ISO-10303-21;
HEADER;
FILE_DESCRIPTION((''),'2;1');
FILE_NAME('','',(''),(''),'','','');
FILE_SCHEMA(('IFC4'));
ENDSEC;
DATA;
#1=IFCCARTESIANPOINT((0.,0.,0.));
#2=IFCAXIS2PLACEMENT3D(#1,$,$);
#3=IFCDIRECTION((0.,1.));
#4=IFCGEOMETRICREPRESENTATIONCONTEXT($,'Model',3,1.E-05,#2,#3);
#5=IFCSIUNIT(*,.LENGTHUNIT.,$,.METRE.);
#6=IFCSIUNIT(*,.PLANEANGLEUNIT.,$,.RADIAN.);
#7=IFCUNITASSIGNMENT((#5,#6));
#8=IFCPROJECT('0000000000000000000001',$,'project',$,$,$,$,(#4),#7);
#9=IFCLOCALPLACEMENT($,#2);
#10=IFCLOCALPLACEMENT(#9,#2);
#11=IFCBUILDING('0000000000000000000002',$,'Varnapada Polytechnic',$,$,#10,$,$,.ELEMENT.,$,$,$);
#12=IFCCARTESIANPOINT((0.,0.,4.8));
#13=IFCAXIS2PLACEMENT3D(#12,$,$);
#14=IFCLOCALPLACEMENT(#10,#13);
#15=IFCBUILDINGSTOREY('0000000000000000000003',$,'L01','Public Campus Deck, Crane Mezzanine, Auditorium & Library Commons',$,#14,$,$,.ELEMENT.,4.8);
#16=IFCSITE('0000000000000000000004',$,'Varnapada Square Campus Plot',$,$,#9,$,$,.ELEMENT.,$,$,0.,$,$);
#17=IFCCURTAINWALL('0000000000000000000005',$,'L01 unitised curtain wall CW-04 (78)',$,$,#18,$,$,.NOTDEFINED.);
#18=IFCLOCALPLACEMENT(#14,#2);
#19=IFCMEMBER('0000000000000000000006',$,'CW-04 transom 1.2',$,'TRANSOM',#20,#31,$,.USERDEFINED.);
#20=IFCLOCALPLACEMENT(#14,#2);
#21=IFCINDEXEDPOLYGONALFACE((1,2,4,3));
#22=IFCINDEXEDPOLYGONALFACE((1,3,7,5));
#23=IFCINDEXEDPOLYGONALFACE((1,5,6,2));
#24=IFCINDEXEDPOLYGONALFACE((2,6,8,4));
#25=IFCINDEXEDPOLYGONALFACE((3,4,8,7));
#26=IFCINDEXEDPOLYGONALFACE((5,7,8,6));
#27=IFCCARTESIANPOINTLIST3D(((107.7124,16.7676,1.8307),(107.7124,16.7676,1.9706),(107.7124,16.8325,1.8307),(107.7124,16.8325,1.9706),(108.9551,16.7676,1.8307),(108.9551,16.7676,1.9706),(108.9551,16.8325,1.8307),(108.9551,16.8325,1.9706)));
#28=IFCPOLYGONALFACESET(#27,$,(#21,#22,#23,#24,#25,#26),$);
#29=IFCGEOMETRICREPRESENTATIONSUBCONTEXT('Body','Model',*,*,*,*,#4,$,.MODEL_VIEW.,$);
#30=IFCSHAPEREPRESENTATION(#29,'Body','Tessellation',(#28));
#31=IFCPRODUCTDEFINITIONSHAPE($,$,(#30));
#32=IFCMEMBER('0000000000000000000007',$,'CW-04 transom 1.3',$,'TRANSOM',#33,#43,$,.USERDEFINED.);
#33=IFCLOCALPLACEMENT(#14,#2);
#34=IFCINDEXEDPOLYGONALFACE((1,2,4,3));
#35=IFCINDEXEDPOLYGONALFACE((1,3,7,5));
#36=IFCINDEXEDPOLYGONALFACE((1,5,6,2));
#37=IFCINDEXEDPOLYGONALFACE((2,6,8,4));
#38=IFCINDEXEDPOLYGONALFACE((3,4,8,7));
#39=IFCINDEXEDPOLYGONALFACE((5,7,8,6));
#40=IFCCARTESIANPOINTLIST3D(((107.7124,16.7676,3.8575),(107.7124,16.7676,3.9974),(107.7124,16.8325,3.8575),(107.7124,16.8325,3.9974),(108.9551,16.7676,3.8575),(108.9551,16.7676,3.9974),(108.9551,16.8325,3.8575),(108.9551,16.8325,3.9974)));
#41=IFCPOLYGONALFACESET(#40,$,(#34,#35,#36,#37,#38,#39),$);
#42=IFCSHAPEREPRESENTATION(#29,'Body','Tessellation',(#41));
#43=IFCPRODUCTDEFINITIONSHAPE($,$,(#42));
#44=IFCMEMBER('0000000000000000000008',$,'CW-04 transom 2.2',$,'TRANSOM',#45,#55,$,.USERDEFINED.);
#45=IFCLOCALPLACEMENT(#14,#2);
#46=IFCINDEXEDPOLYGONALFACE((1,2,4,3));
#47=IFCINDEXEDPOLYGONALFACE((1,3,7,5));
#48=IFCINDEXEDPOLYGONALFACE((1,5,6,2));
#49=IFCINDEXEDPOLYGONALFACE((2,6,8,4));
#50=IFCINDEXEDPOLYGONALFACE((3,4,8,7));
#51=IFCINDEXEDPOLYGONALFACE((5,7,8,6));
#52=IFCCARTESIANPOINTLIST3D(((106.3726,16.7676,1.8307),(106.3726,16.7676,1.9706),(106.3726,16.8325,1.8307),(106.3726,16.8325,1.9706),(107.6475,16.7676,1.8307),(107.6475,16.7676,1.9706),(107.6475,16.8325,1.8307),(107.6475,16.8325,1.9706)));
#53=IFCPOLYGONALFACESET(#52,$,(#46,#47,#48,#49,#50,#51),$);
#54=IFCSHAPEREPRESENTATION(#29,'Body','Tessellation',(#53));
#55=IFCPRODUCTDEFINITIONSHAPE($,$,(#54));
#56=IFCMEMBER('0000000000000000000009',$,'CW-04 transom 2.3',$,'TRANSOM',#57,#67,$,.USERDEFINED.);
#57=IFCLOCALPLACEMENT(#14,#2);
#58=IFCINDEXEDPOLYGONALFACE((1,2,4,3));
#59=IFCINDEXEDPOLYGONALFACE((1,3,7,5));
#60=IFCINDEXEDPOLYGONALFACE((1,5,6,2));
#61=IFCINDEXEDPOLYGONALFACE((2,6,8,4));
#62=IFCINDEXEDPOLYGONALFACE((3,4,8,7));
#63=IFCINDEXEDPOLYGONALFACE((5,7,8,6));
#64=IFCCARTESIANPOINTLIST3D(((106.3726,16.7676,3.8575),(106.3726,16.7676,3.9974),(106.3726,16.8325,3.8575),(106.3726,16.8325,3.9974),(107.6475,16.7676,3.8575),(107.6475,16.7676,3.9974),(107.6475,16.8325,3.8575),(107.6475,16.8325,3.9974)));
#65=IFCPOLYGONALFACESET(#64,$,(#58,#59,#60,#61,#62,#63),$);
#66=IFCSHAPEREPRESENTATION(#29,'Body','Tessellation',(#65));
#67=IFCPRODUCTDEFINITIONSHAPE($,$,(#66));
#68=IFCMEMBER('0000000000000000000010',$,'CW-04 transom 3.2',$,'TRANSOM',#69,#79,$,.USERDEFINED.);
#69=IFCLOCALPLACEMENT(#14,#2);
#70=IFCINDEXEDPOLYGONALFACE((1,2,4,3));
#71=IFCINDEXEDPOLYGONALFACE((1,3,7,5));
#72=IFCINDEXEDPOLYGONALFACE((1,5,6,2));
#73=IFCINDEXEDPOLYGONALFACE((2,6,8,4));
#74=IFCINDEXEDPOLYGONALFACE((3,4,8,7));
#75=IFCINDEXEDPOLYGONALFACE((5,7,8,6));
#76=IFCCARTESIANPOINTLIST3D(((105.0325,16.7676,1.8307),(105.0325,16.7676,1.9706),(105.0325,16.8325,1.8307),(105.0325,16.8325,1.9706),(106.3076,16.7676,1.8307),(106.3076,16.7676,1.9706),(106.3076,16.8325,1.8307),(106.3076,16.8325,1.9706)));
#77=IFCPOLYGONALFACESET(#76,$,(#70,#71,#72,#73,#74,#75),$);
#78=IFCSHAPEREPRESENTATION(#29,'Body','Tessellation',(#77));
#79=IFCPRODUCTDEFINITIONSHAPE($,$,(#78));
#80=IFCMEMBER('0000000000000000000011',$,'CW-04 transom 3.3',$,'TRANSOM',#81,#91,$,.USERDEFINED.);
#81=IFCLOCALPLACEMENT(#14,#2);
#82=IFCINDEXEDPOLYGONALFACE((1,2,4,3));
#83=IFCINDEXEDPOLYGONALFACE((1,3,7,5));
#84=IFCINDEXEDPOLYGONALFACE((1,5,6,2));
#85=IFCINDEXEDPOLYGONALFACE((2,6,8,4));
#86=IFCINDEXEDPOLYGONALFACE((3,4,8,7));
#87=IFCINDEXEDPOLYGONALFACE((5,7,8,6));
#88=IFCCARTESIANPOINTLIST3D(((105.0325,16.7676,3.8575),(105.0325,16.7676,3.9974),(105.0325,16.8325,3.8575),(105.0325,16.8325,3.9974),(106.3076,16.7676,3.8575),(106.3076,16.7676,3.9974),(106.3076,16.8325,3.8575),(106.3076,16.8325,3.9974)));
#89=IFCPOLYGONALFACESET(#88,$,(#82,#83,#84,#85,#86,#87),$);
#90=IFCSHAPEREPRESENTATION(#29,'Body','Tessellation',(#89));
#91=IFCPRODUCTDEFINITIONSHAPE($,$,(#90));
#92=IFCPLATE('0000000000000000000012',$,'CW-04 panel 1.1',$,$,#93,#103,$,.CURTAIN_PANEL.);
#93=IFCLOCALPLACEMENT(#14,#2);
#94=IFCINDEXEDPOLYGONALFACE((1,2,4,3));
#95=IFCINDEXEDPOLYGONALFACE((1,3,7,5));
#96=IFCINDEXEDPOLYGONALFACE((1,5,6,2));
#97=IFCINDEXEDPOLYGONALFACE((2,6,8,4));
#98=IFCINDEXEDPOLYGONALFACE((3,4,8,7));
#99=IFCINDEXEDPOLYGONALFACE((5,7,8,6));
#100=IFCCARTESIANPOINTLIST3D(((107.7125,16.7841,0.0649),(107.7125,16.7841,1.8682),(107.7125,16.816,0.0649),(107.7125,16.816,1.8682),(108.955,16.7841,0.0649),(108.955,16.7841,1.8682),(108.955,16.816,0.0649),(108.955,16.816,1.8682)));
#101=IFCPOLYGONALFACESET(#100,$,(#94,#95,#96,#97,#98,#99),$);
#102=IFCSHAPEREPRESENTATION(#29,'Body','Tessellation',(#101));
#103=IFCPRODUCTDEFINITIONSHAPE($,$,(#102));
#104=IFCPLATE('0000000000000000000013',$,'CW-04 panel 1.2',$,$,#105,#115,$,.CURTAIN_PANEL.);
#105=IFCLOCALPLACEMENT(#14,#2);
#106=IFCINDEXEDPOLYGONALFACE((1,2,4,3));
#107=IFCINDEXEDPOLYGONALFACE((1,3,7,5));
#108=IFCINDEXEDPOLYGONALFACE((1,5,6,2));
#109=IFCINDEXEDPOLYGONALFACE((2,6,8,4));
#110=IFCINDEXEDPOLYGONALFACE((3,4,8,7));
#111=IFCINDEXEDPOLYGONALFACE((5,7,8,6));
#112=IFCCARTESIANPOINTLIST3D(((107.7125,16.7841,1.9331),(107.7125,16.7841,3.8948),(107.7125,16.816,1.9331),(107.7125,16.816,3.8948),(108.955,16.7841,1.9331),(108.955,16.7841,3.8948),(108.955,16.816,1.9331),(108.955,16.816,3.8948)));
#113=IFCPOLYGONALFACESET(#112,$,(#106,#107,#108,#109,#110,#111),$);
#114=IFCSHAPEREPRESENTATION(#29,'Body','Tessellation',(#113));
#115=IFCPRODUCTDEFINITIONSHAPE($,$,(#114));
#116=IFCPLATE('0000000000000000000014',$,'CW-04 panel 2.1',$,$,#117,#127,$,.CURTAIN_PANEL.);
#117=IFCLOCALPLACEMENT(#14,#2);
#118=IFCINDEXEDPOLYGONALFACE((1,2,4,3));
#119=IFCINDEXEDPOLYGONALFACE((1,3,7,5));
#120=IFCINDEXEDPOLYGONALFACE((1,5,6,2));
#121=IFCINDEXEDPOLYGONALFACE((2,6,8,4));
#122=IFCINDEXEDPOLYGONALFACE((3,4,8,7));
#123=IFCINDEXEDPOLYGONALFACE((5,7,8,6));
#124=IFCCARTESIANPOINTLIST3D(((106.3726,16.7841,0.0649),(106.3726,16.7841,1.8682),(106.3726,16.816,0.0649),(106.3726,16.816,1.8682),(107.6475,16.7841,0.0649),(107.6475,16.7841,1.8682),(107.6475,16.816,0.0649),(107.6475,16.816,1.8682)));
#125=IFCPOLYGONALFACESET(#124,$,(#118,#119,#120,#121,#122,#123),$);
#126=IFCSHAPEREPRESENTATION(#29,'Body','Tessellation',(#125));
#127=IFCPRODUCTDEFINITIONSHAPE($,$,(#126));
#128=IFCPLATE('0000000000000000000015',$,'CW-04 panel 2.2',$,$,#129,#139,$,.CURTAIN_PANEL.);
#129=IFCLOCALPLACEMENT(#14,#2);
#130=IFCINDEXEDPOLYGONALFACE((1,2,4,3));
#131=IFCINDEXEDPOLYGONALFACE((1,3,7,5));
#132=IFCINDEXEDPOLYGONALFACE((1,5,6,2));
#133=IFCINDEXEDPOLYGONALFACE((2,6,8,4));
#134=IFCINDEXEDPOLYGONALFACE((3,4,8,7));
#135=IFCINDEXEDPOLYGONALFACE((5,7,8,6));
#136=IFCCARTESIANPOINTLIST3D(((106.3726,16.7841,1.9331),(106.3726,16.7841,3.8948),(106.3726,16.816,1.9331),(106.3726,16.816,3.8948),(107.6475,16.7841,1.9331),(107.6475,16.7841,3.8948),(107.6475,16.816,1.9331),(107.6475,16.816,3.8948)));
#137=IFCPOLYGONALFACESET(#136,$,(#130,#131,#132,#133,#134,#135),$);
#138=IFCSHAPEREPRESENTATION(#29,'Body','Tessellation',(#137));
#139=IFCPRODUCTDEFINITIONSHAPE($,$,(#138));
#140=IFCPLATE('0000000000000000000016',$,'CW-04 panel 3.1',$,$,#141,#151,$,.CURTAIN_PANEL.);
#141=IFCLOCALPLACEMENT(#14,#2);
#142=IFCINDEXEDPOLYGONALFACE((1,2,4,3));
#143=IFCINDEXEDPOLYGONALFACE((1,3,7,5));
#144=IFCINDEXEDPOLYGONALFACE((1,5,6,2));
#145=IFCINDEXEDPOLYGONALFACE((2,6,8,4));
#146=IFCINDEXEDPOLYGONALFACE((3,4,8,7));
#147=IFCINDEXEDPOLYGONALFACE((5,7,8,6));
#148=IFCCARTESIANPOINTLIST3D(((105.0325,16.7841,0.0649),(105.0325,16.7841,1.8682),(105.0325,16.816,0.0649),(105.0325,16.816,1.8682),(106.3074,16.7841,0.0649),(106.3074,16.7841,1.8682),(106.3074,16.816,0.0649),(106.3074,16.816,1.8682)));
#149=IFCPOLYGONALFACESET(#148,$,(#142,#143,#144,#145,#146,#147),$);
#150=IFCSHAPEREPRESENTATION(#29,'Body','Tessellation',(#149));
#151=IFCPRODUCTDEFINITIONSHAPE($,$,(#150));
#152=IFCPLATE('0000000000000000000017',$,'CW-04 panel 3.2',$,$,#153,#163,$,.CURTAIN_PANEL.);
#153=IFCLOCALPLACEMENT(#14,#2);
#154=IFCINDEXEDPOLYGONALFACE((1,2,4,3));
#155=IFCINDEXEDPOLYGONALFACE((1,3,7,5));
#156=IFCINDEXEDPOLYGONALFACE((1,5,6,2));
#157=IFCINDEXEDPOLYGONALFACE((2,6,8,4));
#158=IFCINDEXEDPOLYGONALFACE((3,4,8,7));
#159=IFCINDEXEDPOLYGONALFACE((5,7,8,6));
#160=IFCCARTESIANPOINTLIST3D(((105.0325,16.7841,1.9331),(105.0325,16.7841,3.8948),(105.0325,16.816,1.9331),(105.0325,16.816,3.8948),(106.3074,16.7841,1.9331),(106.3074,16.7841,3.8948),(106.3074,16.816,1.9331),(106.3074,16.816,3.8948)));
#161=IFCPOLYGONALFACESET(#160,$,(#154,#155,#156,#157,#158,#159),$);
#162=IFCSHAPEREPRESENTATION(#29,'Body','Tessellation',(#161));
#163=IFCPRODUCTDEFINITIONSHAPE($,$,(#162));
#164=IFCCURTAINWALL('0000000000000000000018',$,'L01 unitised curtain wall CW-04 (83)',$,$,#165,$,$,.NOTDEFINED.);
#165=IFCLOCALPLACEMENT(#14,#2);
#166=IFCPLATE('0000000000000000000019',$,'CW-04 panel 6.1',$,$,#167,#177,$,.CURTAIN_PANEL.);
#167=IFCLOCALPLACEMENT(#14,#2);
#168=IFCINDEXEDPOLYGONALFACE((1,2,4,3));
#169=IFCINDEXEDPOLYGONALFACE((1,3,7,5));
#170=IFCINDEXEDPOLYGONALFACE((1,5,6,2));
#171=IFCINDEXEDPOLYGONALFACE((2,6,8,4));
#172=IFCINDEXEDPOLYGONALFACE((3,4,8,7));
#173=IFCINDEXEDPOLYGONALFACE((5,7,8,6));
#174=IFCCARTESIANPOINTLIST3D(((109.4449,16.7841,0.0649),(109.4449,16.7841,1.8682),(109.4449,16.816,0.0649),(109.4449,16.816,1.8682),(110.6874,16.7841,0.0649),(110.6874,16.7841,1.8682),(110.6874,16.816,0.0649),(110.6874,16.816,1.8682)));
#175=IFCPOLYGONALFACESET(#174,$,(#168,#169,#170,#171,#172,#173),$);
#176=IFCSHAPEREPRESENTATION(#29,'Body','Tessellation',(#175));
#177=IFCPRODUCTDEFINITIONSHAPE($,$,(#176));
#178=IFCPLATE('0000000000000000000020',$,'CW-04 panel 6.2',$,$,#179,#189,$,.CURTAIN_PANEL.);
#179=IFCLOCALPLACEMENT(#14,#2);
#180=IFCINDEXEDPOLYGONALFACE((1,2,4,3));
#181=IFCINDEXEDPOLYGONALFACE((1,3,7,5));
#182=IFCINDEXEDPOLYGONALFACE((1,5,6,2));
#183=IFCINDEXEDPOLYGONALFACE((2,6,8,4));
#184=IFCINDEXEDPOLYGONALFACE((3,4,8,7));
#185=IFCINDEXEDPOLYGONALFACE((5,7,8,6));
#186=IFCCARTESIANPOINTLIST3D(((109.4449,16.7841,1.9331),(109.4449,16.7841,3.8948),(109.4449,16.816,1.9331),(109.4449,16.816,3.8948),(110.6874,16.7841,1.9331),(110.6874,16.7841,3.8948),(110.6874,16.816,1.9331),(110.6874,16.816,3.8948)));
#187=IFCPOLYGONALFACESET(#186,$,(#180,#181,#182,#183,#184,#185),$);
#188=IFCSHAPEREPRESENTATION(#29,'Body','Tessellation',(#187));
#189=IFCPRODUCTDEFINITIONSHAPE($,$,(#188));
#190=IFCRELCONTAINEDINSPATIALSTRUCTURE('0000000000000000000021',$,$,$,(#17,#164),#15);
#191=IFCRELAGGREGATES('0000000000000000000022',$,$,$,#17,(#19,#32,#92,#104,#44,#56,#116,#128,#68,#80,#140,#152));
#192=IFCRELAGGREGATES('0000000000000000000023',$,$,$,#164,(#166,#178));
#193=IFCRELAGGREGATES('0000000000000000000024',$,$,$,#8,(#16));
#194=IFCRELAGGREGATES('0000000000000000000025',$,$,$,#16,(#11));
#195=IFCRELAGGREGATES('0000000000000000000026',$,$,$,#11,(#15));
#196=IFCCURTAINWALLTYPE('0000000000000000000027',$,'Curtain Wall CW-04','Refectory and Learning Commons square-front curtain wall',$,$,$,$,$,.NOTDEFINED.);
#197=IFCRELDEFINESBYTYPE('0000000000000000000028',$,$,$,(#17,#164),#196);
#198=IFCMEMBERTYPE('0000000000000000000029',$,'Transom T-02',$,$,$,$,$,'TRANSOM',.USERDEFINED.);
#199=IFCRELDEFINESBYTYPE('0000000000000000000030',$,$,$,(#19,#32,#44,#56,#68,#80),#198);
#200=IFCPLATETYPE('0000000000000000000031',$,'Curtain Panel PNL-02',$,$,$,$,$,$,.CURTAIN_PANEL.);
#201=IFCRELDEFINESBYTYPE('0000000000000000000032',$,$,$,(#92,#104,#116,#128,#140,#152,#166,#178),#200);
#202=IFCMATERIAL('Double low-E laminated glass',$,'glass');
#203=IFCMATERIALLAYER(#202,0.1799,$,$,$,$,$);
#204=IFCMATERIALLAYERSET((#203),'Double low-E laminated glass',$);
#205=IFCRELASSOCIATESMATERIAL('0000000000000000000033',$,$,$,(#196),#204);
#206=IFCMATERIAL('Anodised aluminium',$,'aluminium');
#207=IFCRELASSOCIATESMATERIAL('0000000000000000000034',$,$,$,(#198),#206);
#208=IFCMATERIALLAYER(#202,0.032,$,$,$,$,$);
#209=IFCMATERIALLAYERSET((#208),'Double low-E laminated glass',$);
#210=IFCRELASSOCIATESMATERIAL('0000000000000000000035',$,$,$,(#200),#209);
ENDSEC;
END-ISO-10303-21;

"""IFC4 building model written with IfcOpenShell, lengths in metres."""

from ifc_helpers import new_model, si_unit, direction, frame, origin, origin_2d, place, context, subcontext, project, spatial, rectangle, extrude, material, layer, layer_set, material_profile, profile_set, type_object, element, aggregate, save


model = new_model("IFC4")

# Units and contexts
model_context = context("Model", 3, precision=1e-05, world=origin(), true_north=direction((0.0, 1.0)))
body_context = subcontext(model_context, "Body", "Model", "MODEL_VIEW")
ifc_project = project(units=[si_unit("LENGTHUNIT", "METRE"), si_unit("PLANEANGLEUNIT", "RADIAN")], contexts=[model_context])

# Site, building, storey
site_placement = place(None, origin())
site = spatial("IfcSite", under=ifc_project, at=site_placement, Name="Varnapada Square Campus Plot", CompositionType="ELEMENT", RefElevation=0.0)
building_placement = place(site_placement, origin())
building = spatial("IfcBuilding", under=site, at=building_placement, Name="Varnapada Polytechnic", CompositionType="ELEMENT")
storey_placement = place(building_placement, frame((0.0, 0.0, 4.8)))
storey = spatial("IfcBuildingStorey", under=building, at=storey_placement, Name="L01", Description="Public Campus Deck, Crane Mezzanine, Auditorium & Library Commons", CompositionType="ELEMENT", Elevation=4.8)

# Curtain wall, members, plates
ifc_material_1 = material(Name="Double low-E laminated glass", Category="glass")
ifc_layer_1 = layer(ifc_material_1, 0.1799)
ifc_layer_set_1 = layer_set([ifc_layer_1], Name="Double low-E laminated glass")
curtain_wall_type = type_object("IfcCurtainWallType", Name="Curtain Wall CW-04", Description="Refectory and Learning Commons square-front curtain wall", PredefinedType="NOTDEFINED", material=ifc_layer_set_1)
curtain_wall_1_placement = place(storey_placement, origin())
curtain_wall_1 = element("IfcCurtainWall", 1, at=curtain_wall_1_placement, inside=storey, type_object=curtain_wall_type, Name="L01 unitised curtain wall CW-04 (78)", PredefinedType="NOTDEFINED")
ifc_material_2 = material(Name="Anodised aluminium", Category="aluminium")
ifc_material_profile = material_profile(ifc_material_2, rectangle(XDim=0.0649, YDim=0.1399, at=origin_2d()), Name="ALU T65x140")
ifc_profile_set = profile_set([ifc_material_profile], Name="Anodised aluminium")
member_type = type_object("IfcMemberType", Name="Transom T-02", ElementType="TRANSOM", PredefinedType="USERDEFINED", material=ifc_profile_set)
member_1_placement = place(storey_placement, frame((108.9551, 16.8, 1.9006), z_axis=(-1.0, 0.0, 0.0), x_axis=(0.0, -1.0, 0.0)))
member_1 = element("IfcMember", 2, at=member_1_placement, type_object=member_type, Name="CW-04 transom 1.2", ObjectType="TRANSOM", PredefinedType="USERDEFINED", context=body_context, shape_type="SweptSolid", body=[
    extrude(rectangle(XDim=0.0649, YDim=0.1399, at=origin_2d()), origin(), (0.0, 0.0, 1.0), 1.2427),
])
member_2_placement = place(storey_placement, frame((108.9551, 16.8, 3.9275), z_axis=(-1.0, 0.0, 0.0), x_axis=(0.0, -1.0, 0.0)))
member_2 = element("IfcMember", 3, at=member_2_placement, type_object=member_type, Name="CW-04 transom 1.3", ObjectType="TRANSOM", PredefinedType="USERDEFINED", context=body_context, shape_type="SweptSolid", body=[
    extrude(rectangle(XDim=0.0649, YDim=0.1399, at=origin_2d()), origin(), (0.0, 0.0, 1.0), 1.2427),
])
member_3_placement = place(storey_placement, frame((107.6475, 16.8, 1.9006), z_axis=(-1.0, 0.0, 0.0), x_axis=(0.0, -1.0, 0.0)))
member_3 = element("IfcMember", 4, at=member_3_placement, type_object=member_type, Name="CW-04 transom 2.2", ObjectType="TRANSOM", PredefinedType="USERDEFINED", context=body_context, shape_type="SweptSolid", body=[
    extrude(rectangle(XDim=0.0649, YDim=0.1399, at=origin_2d()), origin(), (0.0, 0.0, 1.0), 1.2749),
])
member_4_placement = place(storey_placement, frame((107.6475, 16.8, 3.9275), z_axis=(-1.0, 0.0, 0.0), x_axis=(0.0, -1.0, 0.0)))
member_4 = element("IfcMember", 5, at=member_4_placement, type_object=member_type, Name="CW-04 transom 2.3", ObjectType="TRANSOM", PredefinedType="USERDEFINED", context=body_context, shape_type="SweptSolid", body=[
    extrude(rectangle(XDim=0.0649, YDim=0.1399, at=origin_2d()), origin(), (0.0, 0.0, 1.0), 1.2749),
])
member_5_placement = place(storey_placement, frame((106.3076, 16.8, 1.9006), z_axis=(-1.0, 0.0, 0.0), x_axis=(0.0, -1.0, 0.0)))
member_5 = element("IfcMember", 6, at=member_5_placement, type_object=member_type, Name="CW-04 transom 3.2", ObjectType="TRANSOM", PredefinedType="USERDEFINED", context=body_context, shape_type="SweptSolid", body=[
    extrude(rectangle(XDim=0.0649, YDim=0.1399, at=origin_2d()), origin(), (0.0, 0.0, 1.0), 1.2751),
])
member_6_placement = place(storey_placement, frame((106.3076, 16.8, 3.9275), z_axis=(-1.0, 0.0, 0.0), x_axis=(0.0, -1.0, 0.0)))
member_6 = element("IfcMember", 7, at=member_6_placement, type_object=member_type, Name="CW-04 transom 3.3", ObjectType="TRANSOM", PredefinedType="USERDEFINED", context=body_context, shape_type="SweptSolid", body=[
    extrude(rectangle(XDim=0.0649, YDim=0.1399, at=origin_2d()), origin(), (0.0, 0.0, 1.0), 1.2751),
])
ifc_layer_2 = layer(ifc_material_1, 0.032)
ifc_layer_set_2 = layer_set([ifc_layer_2], Name="Double low-E laminated glass")
plate_type = type_object("IfcPlateType", Name="Curtain Panel PNL-02", PredefinedType="CURTAIN_PANEL", material=ifc_layer_set_2)
plate_1_placement = place(storey_placement, frame((108.3337, 16.8, 0.0649), z_axis=(0.0, 0.0, 1.0), x_axis=(-1.0, 0.0, 0.0)))
plate_1 = element("IfcPlate", 8, at=plate_1_placement, type_object=plate_type, Name="CW-04 panel 1.1", PredefinedType="CURTAIN_PANEL", context=body_context, shape_type="SweptSolid", body=[
    extrude(rectangle(XDim=1.2424, YDim=0.032, at=origin_2d()), origin(), (0.0, 0.0, 1.0), 1.8032),
])
plate_2_placement = place(storey_placement, frame((108.3337, 16.8, 1.9331), z_axis=(0.0, 0.0, 1.0), x_axis=(-1.0, 0.0, 0.0)))
plate_2 = element("IfcPlate", 9, at=plate_2_placement, type_object=plate_type, Name="CW-04 panel 1.2", PredefinedType="CURTAIN_PANEL", context=body_context, shape_type="SweptSolid", body=[
    extrude(rectangle(XDim=1.2424, YDim=0.032, at=origin_2d()), origin(), (0.0, 0.0, 1.0), 1.9617),
])
plate_3_placement = place(storey_placement, frame((107.01, 16.8, 0.0649), z_axis=(0.0, 0.0, 1.0), x_axis=(-1.0, 0.0, 0.0)))
plate_3 = element("IfcPlate", 10, at=plate_3_placement, type_object=plate_type, Name="CW-04 panel 2.1", PredefinedType="CURTAIN_PANEL", context=body_context, shape_type="SweptSolid", body=[
    extrude(rectangle(XDim=1.2749, YDim=0.032, at=origin_2d()), origin(), (0.0, 0.0, 1.0), 1.8032),
])
plate_4_placement = place(storey_placement, frame((107.01, 16.8, 1.9331), z_axis=(0.0, 0.0, 1.0), x_axis=(-1.0, 0.0, 0.0)))
plate_4 = element("IfcPlate", 11, at=plate_4_placement, type_object=plate_type, Name="CW-04 panel 2.2", PredefinedType="CURTAIN_PANEL", context=body_context, shape_type="SweptSolid", body=[
    extrude(rectangle(XDim=1.2749, YDim=0.032, at=origin_2d()), origin(), (0.0, 0.0, 1.0), 1.9617),
])
plate_5_placement = place(storey_placement, frame((105.6699, 16.8, 0.0649), z_axis=(0.0, 0.0, 1.0), x_axis=(-1.0, 0.0, 0.0)))
plate_5 = element("IfcPlate", 12, at=plate_5_placement, type_object=plate_type, Name="CW-04 panel 3.1", PredefinedType="CURTAIN_PANEL", context=body_context, shape_type="SweptSolid", body=[
    extrude(rectangle(XDim=1.2749, YDim=0.032, at=origin_2d()), origin(), (0.0, 0.0, 1.0), 1.8032),
])
plate_6_placement = place(storey_placement, frame((105.6699, 16.8, 1.9331), z_axis=(0.0, 0.0, 1.0), x_axis=(-1.0, 0.0, 0.0)))
plate_6 = element("IfcPlate", 13, at=plate_6_placement, type_object=plate_type, Name="CW-04 panel 3.2", PredefinedType="CURTAIN_PANEL", context=body_context, shape_type="SweptSolid", body=[
    extrude(rectangle(XDim=1.2749, YDim=0.032, at=origin_2d()), origin(), (0.0, 0.0, 1.0), 1.9617),
])
aggregate(curtain_wall_1, [member_1, member_2, plate_1, plate_2, member_3, member_4, plate_3, plate_4, member_5, member_6, plate_5, plate_6])

# Curtain wall, plates
curtain_wall_2_placement = place(storey_placement, origin())
curtain_wall_2 = element("IfcCurtainWall", 14, at=curtain_wall_2_placement, inside=storey, type_object=curtain_wall_type, Name="L01 unitised curtain wall CW-04 (83)", PredefinedType="NOTDEFINED")
plate_7_placement = place(storey_placement, frame((110.0662, 16.8, 0.0649), z_axis=(0.0, 0.0, 1.0), x_axis=(-1.0, 0.0, 0.0)))
plate_7 = element("IfcPlate", 15, at=plate_7_placement, type_object=plate_type, Name="CW-04 panel 6.1", PredefinedType="CURTAIN_PANEL", context=body_context, shape_type="SweptSolid", body=[
    extrude(rectangle(XDim=1.2424, YDim=0.032, at=origin_2d()), origin(), (0.0, 0.0, 1.0), 1.8032),
])
plate_8_placement = place(storey_placement, frame((110.0662, 16.8, 1.9331), z_axis=(0.0, 0.0, 1.0), x_axis=(-1.0, 0.0, 0.0)))
plate_8 = element("IfcPlate", 16, at=plate_8_placement, type_object=plate_type, Name="CW-04 panel 6.2", PredefinedType="CURTAIN_PANEL", context=body_context, shape_type="SweptSolid", body=[
    extrude(rectangle(XDim=1.2424, YDim=0.032, at=origin_2d()), origin(), (0.0, 0.0, 1.0), 1.9617),
])
aggregate(curtain_wall_2, [plate_7, plate_8])

save(model, "model.ifc")
